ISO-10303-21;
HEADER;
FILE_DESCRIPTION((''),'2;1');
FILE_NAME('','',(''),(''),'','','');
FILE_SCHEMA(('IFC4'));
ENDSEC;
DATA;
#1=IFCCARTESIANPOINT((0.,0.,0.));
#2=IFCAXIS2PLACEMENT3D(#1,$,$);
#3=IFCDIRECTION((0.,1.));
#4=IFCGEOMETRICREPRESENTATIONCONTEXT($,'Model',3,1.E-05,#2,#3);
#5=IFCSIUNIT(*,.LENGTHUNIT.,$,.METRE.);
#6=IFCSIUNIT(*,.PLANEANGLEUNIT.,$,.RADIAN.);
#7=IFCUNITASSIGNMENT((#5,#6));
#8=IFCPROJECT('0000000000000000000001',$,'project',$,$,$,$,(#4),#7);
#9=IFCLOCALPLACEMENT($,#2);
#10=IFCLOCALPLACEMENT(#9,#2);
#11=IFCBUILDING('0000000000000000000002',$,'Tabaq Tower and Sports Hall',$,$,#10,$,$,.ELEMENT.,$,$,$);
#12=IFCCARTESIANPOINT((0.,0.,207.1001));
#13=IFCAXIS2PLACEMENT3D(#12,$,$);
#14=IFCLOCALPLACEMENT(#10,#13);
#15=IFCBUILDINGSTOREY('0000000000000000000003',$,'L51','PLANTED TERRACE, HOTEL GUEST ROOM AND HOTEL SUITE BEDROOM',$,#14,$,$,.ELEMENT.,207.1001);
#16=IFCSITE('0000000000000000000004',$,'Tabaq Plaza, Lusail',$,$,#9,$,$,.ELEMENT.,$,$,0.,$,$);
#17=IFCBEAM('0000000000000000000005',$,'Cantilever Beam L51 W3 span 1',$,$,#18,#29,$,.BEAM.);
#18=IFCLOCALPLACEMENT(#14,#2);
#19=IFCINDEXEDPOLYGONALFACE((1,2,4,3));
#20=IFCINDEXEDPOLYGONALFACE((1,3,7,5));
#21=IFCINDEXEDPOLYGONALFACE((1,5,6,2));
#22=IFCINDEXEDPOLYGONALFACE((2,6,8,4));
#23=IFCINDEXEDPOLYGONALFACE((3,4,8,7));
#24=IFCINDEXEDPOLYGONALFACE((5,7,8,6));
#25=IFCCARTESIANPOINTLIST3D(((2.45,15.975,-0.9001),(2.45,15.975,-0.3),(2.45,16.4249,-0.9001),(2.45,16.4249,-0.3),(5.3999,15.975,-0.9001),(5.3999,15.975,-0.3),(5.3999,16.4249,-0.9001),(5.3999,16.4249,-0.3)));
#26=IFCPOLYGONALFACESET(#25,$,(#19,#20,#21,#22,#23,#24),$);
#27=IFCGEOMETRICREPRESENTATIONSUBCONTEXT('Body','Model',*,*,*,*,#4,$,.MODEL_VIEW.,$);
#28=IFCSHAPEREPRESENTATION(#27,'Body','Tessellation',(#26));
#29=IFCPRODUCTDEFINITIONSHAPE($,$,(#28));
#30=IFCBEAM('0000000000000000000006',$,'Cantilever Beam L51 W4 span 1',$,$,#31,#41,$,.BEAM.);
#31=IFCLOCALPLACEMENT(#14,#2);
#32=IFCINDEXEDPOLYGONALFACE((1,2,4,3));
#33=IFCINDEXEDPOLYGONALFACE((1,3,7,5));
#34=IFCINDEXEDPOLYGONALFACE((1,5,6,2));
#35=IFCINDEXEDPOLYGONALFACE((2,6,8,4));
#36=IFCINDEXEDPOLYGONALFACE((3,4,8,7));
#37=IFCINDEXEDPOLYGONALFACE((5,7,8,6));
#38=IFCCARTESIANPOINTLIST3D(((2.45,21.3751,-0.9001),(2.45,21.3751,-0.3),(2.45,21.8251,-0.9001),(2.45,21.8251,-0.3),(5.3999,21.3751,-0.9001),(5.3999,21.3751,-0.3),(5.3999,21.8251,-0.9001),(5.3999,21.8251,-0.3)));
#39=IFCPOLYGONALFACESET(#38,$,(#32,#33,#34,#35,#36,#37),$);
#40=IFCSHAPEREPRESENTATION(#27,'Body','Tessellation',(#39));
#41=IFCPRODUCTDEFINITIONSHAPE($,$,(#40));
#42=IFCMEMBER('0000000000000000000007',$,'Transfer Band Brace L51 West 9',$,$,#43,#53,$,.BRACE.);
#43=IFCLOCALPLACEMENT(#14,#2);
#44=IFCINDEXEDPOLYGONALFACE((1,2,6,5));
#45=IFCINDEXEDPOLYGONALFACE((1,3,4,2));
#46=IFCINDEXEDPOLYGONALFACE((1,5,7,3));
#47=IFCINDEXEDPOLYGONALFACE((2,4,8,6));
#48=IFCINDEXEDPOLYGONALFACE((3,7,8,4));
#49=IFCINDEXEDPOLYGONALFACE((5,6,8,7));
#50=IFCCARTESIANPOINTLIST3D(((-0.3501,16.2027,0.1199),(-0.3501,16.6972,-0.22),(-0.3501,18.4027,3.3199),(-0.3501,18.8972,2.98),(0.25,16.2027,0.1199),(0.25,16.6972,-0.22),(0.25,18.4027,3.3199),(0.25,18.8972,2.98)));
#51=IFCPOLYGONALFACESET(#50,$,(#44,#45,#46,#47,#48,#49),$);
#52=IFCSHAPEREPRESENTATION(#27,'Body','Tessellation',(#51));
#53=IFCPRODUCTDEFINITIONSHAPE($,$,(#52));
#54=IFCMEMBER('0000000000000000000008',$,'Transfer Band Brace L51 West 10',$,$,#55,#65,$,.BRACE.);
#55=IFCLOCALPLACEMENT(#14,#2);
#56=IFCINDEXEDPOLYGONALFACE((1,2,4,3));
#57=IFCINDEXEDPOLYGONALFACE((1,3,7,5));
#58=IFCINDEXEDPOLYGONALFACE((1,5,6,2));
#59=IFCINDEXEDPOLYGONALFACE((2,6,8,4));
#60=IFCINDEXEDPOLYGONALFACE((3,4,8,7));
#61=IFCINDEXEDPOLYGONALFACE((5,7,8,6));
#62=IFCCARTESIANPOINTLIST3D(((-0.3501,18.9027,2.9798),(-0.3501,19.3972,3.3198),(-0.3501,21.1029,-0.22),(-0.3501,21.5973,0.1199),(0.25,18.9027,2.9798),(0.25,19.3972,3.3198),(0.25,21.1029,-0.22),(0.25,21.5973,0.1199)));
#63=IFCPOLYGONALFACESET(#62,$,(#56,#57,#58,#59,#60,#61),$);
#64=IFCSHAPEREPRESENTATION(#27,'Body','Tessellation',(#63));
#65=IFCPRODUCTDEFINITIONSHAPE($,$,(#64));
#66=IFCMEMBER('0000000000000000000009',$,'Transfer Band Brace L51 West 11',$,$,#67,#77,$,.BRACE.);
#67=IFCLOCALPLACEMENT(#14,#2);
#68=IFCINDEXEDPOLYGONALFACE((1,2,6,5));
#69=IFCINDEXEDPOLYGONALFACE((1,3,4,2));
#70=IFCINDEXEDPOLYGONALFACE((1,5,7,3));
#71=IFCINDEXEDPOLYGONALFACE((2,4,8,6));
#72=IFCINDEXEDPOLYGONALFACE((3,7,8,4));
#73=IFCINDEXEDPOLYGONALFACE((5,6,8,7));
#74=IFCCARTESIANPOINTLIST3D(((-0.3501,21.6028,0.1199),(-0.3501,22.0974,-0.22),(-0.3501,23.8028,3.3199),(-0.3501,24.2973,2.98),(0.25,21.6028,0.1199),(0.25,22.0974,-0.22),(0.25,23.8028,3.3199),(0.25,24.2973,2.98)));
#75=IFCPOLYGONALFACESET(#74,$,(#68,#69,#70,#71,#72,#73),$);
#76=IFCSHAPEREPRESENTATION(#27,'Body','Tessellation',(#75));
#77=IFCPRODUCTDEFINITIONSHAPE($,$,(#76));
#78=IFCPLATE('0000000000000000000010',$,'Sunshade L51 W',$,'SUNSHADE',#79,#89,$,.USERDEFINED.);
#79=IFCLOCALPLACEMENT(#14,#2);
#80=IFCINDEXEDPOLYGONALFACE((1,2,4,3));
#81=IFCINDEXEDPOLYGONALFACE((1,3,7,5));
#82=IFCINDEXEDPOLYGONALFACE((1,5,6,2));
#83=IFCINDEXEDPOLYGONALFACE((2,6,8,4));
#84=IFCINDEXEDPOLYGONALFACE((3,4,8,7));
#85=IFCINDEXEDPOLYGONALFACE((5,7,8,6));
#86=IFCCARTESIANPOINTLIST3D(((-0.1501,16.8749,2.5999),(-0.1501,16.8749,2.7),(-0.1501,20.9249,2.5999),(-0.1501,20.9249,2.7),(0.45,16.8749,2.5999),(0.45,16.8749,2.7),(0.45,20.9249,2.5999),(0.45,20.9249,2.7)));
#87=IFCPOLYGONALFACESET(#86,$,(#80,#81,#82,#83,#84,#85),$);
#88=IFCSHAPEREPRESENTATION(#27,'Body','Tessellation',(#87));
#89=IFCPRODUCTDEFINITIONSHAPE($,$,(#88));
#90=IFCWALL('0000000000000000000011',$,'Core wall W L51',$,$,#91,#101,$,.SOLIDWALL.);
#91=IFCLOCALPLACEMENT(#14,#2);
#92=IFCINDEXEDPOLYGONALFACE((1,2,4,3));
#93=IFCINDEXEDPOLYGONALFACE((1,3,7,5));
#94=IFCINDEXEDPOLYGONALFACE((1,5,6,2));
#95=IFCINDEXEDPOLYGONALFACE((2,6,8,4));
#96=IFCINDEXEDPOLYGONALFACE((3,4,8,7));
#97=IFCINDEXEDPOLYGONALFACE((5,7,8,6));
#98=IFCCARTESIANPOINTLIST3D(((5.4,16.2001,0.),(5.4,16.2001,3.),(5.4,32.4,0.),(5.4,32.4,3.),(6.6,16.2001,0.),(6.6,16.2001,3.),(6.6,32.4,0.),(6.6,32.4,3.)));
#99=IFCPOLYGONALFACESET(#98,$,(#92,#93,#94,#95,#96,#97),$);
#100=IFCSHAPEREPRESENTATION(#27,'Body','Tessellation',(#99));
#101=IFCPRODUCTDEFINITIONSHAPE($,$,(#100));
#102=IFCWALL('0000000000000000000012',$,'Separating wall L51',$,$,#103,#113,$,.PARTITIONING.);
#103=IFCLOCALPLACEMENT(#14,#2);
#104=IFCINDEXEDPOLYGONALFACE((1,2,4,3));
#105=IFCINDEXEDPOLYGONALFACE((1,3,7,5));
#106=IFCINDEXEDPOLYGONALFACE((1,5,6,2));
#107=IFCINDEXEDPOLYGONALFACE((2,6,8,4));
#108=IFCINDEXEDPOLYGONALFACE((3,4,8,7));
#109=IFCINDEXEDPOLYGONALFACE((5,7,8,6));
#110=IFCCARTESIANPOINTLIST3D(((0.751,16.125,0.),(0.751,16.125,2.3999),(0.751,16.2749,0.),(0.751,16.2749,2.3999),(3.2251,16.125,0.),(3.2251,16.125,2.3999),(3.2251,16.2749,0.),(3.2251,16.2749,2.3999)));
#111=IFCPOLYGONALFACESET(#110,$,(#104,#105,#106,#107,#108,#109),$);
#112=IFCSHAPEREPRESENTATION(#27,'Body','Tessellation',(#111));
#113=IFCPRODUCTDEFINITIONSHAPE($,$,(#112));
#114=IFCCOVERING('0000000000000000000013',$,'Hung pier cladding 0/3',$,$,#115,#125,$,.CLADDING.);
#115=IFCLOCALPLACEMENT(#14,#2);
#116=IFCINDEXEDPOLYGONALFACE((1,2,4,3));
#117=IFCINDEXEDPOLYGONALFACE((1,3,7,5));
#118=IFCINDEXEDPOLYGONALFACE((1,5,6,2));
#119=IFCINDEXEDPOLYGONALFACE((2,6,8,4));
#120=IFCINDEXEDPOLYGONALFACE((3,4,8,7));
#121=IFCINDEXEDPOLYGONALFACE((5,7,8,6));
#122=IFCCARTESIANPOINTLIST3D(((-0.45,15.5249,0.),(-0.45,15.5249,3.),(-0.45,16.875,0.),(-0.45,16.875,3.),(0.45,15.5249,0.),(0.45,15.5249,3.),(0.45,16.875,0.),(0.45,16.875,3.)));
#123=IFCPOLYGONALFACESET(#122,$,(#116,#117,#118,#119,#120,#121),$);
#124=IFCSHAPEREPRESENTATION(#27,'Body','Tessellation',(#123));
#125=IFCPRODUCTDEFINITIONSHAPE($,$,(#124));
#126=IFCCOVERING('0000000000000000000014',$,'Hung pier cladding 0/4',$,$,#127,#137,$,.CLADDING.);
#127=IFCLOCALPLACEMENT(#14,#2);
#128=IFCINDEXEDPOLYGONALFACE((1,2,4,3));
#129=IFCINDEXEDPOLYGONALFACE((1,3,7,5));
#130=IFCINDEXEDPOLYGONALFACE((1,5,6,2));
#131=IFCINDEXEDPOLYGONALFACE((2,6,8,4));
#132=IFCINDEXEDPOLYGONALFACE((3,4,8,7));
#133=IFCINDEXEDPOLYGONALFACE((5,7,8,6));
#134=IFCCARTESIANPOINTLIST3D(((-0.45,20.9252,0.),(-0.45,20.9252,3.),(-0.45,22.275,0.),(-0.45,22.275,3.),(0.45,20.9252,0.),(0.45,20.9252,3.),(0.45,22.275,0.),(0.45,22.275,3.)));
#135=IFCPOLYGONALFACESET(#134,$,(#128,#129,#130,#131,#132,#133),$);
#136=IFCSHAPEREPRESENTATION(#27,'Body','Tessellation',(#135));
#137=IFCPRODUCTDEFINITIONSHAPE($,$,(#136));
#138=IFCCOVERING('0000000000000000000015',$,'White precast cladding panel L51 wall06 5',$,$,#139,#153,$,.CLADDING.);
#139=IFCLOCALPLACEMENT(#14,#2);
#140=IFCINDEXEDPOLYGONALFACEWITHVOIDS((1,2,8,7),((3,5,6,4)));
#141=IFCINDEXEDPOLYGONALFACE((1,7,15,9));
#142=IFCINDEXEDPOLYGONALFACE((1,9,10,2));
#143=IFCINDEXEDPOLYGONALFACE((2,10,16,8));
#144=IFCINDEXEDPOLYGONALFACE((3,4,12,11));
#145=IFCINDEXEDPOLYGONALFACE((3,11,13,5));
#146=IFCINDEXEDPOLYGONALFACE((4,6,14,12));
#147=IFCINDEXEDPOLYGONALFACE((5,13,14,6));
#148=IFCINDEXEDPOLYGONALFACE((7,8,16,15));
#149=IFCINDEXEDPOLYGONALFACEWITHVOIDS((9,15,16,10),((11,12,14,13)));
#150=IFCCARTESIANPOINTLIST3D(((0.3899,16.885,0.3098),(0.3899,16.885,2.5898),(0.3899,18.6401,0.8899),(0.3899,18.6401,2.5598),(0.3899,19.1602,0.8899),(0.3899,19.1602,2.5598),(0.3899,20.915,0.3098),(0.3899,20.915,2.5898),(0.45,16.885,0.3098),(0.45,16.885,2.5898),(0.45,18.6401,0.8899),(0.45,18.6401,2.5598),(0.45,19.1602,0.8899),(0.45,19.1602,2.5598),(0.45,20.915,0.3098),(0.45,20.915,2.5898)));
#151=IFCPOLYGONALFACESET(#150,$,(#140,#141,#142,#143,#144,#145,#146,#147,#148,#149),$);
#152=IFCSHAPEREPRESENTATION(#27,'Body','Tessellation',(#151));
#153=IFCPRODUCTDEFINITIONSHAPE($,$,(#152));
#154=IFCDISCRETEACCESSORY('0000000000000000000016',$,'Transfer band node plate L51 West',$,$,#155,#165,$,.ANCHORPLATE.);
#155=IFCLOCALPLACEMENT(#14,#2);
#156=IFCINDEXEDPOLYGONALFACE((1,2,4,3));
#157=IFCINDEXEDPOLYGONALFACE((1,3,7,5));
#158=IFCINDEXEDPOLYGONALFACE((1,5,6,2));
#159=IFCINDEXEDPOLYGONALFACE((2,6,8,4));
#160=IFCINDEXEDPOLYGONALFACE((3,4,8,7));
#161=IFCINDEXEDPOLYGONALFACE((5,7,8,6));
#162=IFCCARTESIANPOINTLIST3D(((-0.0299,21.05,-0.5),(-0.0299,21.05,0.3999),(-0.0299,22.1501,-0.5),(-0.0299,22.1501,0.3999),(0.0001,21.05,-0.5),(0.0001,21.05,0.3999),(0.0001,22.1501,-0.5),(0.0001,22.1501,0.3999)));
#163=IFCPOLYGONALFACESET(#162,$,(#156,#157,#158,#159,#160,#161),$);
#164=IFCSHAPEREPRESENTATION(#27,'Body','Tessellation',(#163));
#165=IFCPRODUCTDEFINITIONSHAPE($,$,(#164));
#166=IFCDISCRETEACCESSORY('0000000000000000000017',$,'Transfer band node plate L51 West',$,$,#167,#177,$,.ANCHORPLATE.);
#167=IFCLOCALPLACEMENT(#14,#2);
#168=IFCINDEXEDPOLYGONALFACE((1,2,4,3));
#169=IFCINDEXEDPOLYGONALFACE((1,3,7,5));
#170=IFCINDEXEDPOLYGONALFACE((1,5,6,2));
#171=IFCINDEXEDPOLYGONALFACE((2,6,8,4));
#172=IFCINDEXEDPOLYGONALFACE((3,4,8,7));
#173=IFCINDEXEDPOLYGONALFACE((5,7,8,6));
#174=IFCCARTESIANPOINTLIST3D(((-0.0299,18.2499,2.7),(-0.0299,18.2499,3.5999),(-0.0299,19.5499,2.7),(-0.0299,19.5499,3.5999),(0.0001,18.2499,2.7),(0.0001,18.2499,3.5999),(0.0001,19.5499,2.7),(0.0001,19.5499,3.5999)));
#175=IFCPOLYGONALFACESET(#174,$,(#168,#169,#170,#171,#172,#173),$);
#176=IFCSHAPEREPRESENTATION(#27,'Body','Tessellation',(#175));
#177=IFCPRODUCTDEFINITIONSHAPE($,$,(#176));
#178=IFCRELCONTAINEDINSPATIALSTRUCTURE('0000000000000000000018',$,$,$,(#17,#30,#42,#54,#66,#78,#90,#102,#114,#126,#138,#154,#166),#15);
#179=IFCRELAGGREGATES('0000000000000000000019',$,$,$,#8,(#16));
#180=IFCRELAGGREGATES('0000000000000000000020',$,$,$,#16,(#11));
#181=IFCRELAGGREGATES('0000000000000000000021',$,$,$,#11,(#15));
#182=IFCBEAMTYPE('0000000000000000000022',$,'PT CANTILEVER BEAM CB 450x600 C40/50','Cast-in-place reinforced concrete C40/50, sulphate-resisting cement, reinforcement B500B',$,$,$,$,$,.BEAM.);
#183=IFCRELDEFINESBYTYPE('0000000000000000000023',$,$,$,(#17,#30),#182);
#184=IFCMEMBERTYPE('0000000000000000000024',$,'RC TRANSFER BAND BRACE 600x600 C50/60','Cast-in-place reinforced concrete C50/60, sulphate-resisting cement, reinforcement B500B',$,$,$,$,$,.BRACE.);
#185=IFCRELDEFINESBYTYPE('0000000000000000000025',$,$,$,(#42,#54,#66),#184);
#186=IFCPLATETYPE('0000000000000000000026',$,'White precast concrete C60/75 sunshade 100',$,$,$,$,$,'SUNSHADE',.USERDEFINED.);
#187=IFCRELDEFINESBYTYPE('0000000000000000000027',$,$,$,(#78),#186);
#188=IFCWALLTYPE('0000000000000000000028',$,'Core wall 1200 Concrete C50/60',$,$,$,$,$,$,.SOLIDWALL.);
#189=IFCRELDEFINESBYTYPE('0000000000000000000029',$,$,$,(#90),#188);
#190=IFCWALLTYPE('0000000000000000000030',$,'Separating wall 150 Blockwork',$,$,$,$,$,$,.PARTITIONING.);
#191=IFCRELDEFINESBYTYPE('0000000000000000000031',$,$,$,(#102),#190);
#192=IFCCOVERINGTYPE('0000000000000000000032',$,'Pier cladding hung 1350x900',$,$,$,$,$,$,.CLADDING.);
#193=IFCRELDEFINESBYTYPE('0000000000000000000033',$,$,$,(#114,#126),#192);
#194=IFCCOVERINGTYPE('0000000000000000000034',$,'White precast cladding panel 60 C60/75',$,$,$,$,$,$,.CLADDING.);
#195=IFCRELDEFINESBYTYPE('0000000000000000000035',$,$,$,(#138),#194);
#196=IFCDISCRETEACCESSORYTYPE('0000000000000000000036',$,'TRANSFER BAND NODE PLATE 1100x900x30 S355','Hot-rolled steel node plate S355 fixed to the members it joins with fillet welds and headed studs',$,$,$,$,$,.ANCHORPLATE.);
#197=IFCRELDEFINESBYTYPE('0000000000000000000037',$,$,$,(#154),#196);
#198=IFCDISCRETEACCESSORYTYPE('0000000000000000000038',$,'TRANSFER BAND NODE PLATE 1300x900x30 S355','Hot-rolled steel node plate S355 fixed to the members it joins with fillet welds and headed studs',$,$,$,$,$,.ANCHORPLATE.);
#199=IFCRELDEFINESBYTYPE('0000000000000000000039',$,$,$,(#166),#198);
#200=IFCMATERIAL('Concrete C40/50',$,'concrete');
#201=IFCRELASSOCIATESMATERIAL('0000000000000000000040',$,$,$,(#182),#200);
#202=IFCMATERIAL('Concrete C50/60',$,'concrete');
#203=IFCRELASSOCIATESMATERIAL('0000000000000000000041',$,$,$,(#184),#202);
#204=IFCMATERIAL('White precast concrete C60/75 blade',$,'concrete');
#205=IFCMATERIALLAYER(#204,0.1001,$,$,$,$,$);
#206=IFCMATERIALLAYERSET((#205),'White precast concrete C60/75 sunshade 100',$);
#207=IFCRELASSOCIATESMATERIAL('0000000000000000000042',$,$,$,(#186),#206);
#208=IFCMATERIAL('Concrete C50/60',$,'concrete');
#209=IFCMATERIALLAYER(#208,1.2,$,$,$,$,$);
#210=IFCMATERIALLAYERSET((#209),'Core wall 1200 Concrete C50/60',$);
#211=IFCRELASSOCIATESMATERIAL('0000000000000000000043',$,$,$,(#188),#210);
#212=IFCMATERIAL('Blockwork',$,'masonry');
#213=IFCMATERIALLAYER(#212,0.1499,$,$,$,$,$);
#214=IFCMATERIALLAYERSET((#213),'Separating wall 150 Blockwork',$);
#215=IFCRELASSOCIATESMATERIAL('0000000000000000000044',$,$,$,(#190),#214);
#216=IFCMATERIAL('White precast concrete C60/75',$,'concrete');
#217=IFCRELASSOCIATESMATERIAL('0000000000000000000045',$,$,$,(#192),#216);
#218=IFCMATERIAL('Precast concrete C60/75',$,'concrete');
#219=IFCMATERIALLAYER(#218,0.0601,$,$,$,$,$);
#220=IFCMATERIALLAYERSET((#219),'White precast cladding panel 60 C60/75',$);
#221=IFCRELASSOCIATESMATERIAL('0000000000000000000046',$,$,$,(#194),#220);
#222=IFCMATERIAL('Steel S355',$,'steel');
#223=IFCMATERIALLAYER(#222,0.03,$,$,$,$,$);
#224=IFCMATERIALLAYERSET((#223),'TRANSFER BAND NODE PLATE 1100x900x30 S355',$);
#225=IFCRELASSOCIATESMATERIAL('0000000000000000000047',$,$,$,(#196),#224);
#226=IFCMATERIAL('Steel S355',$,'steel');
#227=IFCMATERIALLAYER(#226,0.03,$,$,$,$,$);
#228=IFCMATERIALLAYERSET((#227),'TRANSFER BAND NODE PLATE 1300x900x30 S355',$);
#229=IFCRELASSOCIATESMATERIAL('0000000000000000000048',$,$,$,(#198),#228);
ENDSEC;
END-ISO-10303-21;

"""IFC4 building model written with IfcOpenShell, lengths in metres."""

from ifc_helpers import new_model, si_unit, direction, frame, frame_2d, origin, origin_2d, place, context, subcontext, project, spatial, polyline, rectangle, outline, extrude, material, layer, layer_set, material_profile, profile_set, type_object, element, save


model = new_model("IFC4")

# Units and contexts
model_context = context("Model", 3, precision=1e-05, world=origin(), true_north=direction((0.0, 1.0)))
body_context = subcontext(model_context, "Body", "Model", "MODEL_VIEW")
ifc_project = project(units=[si_unit("LENGTHUNIT", "METRE"), si_unit("PLANEANGLEUNIT", "RADIAN")], contexts=[model_context])

# Site, building, storey
site_placement = place(None, origin())
site = spatial("IfcSite", under=ifc_project, at=site_placement, Name="Tabaq Plaza, Lusail", CompositionType="ELEMENT", RefElevation=0.0)
building_placement = place(site_placement, origin())
building = spatial("IfcBuilding", under=site, at=building_placement, Name="Tabaq Tower and Sports Hall", CompositionType="ELEMENT")
storey_placement = place(building_placement, frame((0.0, 0.0, 207.1001)))
storey = spatial("IfcBuildingStorey", under=building, at=storey_placement, Name="L51", Description="PLANTED TERRACE, HOTEL GUEST ROOM AND HOTEL SUITE BEDROOM", CompositionType="ELEMENT", Elevation=207.1001)

# Beams
ifc_material_1 = material(Name="Concrete C40/50", Category="concrete")
ifc_material_profile_1 = material_profile(ifc_material_1, rectangle(XDim=0.45, YDim=0.6001, at=origin_2d()), Name="CB 450x600")
ifc_profile_set_1 = profile_set([ifc_material_profile_1], Name="Concrete C40/50")
beam_type = type_object("IfcBeamType", Name="PT CANTILEVER BEAM CB 450x600 C40/50", Description="Cast-in-place reinforced concrete C40/50, sulphate-resisting cement, reinforcement B500B", PredefinedType="BEAM", material=ifc_profile_set_1)
for number, where, z_axis, x_axis, name in (
    (1, (2.45, 16.2, -0.6001), (1.0, 0.0, 0.0), (0.0, 1.0, 0.0), "Cantilever Beam L51 W3 span 1"),
    (2, (2.45, 21.6001, -0.6001), (1.0, 0.0, 0.0), (0.0, 1.0, 0.0), "Cantilever Beam L51 W4 span 1"),
):
    element("IfcBeam", number, at=place(storey_placement, frame(where, z_axis=z_axis, x_axis=x_axis)), inside=storey, type_object=beam_type, Name=name, PredefinedType="BEAM", context=body_context, shape_type="SweptSolid", body=[
        extrude(rectangle(XDim=0.45, YDim=0.6001, at=origin_2d()), origin(), (0.0, 0.0, 1.0), 2.95),
    ])

# Members
ifc_material_2 = material(Name="Concrete C50/60", Category="concrete")
ifc_material_profile_2 = material_profile(ifc_material_2, rectangle(XDim=0.6001, YDim=0.6001, at=origin_2d()), Name="TRANSFER BAND BRACE 600x600")
ifc_profile_set_2 = profile_set([ifc_material_profile_2], Name="Concrete C50/60")
member_type = type_object("IfcMemberType", Name="RC TRANSFER BAND BRACE 600x600 C50/60", Description="Cast-in-place reinforced concrete C50/60, sulphate-resisting cement, reinforcement B500B", PredefinedType="BRACE", material=ifc_profile_set_2)
for number, where, z_axis, x_axis, name in (
    (3, (-0.05, 16.45, -0.05), (0.0, 0.566526, 0.824044), (-1.0, 0.0, 0.0), "Transfer Band Brace L51 West 9"),
    (4, (-0.05, 21.3501, -0.05), (0.0, -0.566569, 0.824014), (1.0, 0.0, 0.0), "Transfer Band Brace L51 West 10"),
    (5, (-0.05, 21.8501, -0.05), (0.0, 0.566526, 0.824044), (-1.0, 0.0, 0.0), "Transfer Band Brace L51 West 11"),
):
    element("IfcMember", number, at=place(storey_placement, frame(where, z_axis=z_axis, x_axis=x_axis)), inside=storey, type_object=member_type, Name=name, PredefinedType="BRACE", context=body_context, shape_type="SweptSolid", body=[
        extrude(rectangle(XDim=0.6001, YDim=0.6001, at=origin_2d()), origin(), (0.0, 0.0, 1.0), 3.8833),
    ])

# Plate
ifc_material_3 = material(Name="White precast concrete C60/75 blade", Category="concrete")
ifc_layer_1 = layer(ifc_material_3, 0.1001)
ifc_layer_set_1 = layer_set([ifc_layer_1], Name="White precast concrete C60/75 sunshade 100")
plate_type = type_object("IfcPlateType", Name="White precast concrete C60/75 sunshade 100", ElementType="SUNSHADE", PredefinedType="USERDEFINED", material=ifc_layer_set_1)
plate_placement = place(storey_placement, frame((0.1499, 18.8999, 2.5999), z_axis=(0.0, 0.0, 1.0), x_axis=(0.0, -1.0, 0.0)))
element("IfcPlate", 6, at=plate_placement, inside=storey, type_object=plate_type, Name="Sunshade L51 W", ObjectType="SUNSHADE", PredefinedType="USERDEFINED", context=body_context, shape_type="SweptSolid", body=[
    extrude(rectangle(XDim=4.05, YDim=0.6001, at=origin_2d()), origin(), (0.0, 0.0, 1.0), 0.1001),
])

# Walls
ifc_material_4 = material(Name="Concrete C50/60", Category="concrete")
ifc_layer_2 = layer(ifc_material_4, 1.2)
ifc_layer_set_2 = layer_set([ifc_layer_2], Name="Core wall 1200 Concrete C50/60")
wall_type_1 = type_object("IfcWallType", Name="Core wall 1200 Concrete C50/60", PredefinedType="SOLIDWALL", material=ifc_layer_set_2)
wall_1_placement = place(storey_placement, frame((6.0, 16.2, 0.0), z_axis=(0.0, 0.0, 1.0), x_axis=(0.0, 1.0, 0.0)))
element("IfcWall", 7, at=wall_1_placement, inside=storey, type_object=wall_type_1, Name="Core wall W L51", PredefinedType="SOLIDWALL", context=body_context, shape_type="SweptSolid", body=[
    extrude(rectangle(XDim=16.2, YDim=1.2, at=frame_2d((8.1001, 0.0))), origin(), (0.0, 0.0, 1.0), 3.0),
])
ifc_material_5 = material(Name="Blockwork", Category="masonry")
ifc_layer_3 = layer(ifc_material_5, 0.1499)
ifc_layer_set_3 = layer_set([ifc_layer_3], Name="Separating wall 150 Blockwork")
wall_type_2 = type_object("IfcWallType", Name="Separating wall 150 Blockwork", PredefinedType="PARTITIONING", material=ifc_layer_set_3)
wall_2_placement = place(storey_placement, frame((3.2251, 16.2, 0.0), z_axis=(0.0, 0.0, 1.0), x_axis=(-1.0, 0.0, 0.0)))
element("IfcWall", 8, at=wall_2_placement, inside=storey, type_object=wall_type_2, Name="Separating wall L51", PredefinedType="PARTITIONING", context=body_context, shape_type="SweptSolid", body=[
    extrude(rectangle(XDim=2.4741, YDim=0.1499, at=frame_2d((1.2371, 0.0))), origin(), (0.0, 0.0, 1.0), 2.3999),
])

# Coverings
ifc_material_6 = material(Name="White precast concrete C60/75", Category="concrete")
covering_type_1 = type_object("IfcCoveringType", Name="Pier cladding hung 1350x900", PredefinedType="CLADDING", material=ifc_material_6)
covering_1_placement = place(storey_placement, frame((0.0, 16.875, 0.0), z_axis=(0.0, 0.0, 1.0), x_axis=(0.0, -1.0, 0.0)))
element("IfcCovering", 9, at=covering_1_placement, inside=storey, type_object=covering_type_1, Name="Hung pier cladding 0/3", PredefinedType="CLADDING", context=body_context, shape_type="SweptSolid", body=[
    extrude(rectangle(XDim=1.3501, YDim=0.8999, at=frame_2d((0.675, 0.0))), origin(), (0.0, 0.0, 1.0), 3.0),
])
covering_2_placement = place(storey_placement, frame((0.0, 22.2749, 0.0), z_axis=(0.0, 0.0, 1.0), x_axis=(0.0, -1.0, 0.0)))
element("IfcCovering", 10, at=covering_2_placement, inside=storey, type_object=covering_type_1, Name="Hung pier cladding 0/4", PredefinedType="CLADDING", context=body_context, shape_type="SweptSolid", body=[
    extrude(rectangle(XDim=1.3499, YDim=0.8999, at=frame_2d((0.6748, 0.0))), origin(), (0.0, 0.0, 1.0), 3.0),
])
ifc_material_7 = material(Name="Precast concrete C60/75", Category="concrete")
ifc_layer_4 = layer(ifc_material_7, 0.0601)
ifc_layer_set_4 = layer_set([ifc_layer_4], Name="White precast cladding panel 60 C60/75")
covering_type_2 = type_object("IfcCoveringType", Name="White precast cladding panel 60 C60/75", PredefinedType="CLADDING", material=ifc_layer_set_4)
covering_3_placement = place(storey_placement, frame((0.4199, 20.915, 0.3098), z_axis=(0.0, 0.0, 1.0), x_axis=(0.0, -1.0, 0.0)))
element("IfcCovering", 11, at=covering_3_placement, inside=storey, type_object=covering_type_2, Name="White precast cladding panel L51 wall06 5", PredefinedType="CLADDING", context=body_context, shape_type="SweptSolid", body=[
    extrude(outline(polyline([(0.0, 0.0), (4.03, 0.0), (4.03, 2.28), (0.0, 2.28), (0.0, 0.0)]), holes=[polyline([(2.2749, 0.5801), (1.7549, 0.5801), (1.7549, 2.25), (2.2749, 2.25), (2.2749, 0.5801)])]), frame((0.0, 0.03, 0.0), z_axis=(0.0, -1.0, 0.0), x_axis=(1.0, 0.0, 0.0)), (0.0, 0.0, 1.0), 0.0601),
])

# Discrete accessories
ifc_material_8 = material(Name="Steel S355", Category="steel")
ifc_layer_5 = layer(ifc_material_8, 0.03)
ifc_layer_set_5 = layer_set([ifc_layer_5], Name="TRANSFER BAND NODE PLATE 1100x900x30 S355")
discrete_accessory_type_1 = type_object("IfcDiscreteAccessoryType", Name="TRANSFER BAND NODE PLATE 1100x900x30 S355", Description="Hot-rolled steel node plate S355 fixed to the members it joins with fillet welds and headed studs", PredefinedType="ANCHORPLATE", material=ifc_layer_set_5)
discrete_accessory_1_placement = place(storey_placement, frame((-0.0149, 21.6001, -0.5), z_axis=(0.0, 0.0, 1.0), x_axis=(0.0, -1.0, 0.0)))
element("IfcDiscreteAccessory", 12, at=discrete_accessory_1_placement, inside=storey, type_object=discrete_accessory_type_1, Name="Transfer band node plate L51 West", PredefinedType="ANCHORPLATE", context=body_context, shape_type="SweptSolid", body=[
    extrude(rectangle(XDim=1.1001, YDim=0.03, at=origin_2d()), origin(), (0.0, 0.0, 1.0), 0.8999),
])
ifc_material_9 = material(Name="Steel S355", Category="steel")
ifc_layer_6 = layer(ifc_material_9, 0.03)
ifc_layer_set_6 = layer_set([ifc_layer_6], Name="TRANSFER BAND NODE PLATE 1300x900x30 S355")
discrete_accessory_type_2 = type_object("IfcDiscreteAccessoryType", Name="TRANSFER BAND NODE PLATE 1300x900x30 S355", Description="Hot-rolled steel node plate S355 fixed to the members it joins with fillet welds and headed studs", PredefinedType="ANCHORPLATE", material=ifc_layer_set_6)
discrete_accessory_2_placement = place(storey_placement, frame((-0.0149, 18.8999, 2.7), z_axis=(0.0, 0.0, 1.0), x_axis=(0.0, -1.0, 0.0)))
element("IfcDiscreteAccessory", 13, at=discrete_accessory_2_placement, inside=storey, type_object=discrete_accessory_type_2, Name="Transfer band node plate L51 West", PredefinedType="ANCHORPLATE", context=body_context, shape_type="SweptSolid", body=[
    extrude(rectangle(XDim=1.3, YDim=0.03, at=origin_2d()), origin(), (0.0, 0.0, 1.0), 0.8999),
])

save(model, "model.ifc")
